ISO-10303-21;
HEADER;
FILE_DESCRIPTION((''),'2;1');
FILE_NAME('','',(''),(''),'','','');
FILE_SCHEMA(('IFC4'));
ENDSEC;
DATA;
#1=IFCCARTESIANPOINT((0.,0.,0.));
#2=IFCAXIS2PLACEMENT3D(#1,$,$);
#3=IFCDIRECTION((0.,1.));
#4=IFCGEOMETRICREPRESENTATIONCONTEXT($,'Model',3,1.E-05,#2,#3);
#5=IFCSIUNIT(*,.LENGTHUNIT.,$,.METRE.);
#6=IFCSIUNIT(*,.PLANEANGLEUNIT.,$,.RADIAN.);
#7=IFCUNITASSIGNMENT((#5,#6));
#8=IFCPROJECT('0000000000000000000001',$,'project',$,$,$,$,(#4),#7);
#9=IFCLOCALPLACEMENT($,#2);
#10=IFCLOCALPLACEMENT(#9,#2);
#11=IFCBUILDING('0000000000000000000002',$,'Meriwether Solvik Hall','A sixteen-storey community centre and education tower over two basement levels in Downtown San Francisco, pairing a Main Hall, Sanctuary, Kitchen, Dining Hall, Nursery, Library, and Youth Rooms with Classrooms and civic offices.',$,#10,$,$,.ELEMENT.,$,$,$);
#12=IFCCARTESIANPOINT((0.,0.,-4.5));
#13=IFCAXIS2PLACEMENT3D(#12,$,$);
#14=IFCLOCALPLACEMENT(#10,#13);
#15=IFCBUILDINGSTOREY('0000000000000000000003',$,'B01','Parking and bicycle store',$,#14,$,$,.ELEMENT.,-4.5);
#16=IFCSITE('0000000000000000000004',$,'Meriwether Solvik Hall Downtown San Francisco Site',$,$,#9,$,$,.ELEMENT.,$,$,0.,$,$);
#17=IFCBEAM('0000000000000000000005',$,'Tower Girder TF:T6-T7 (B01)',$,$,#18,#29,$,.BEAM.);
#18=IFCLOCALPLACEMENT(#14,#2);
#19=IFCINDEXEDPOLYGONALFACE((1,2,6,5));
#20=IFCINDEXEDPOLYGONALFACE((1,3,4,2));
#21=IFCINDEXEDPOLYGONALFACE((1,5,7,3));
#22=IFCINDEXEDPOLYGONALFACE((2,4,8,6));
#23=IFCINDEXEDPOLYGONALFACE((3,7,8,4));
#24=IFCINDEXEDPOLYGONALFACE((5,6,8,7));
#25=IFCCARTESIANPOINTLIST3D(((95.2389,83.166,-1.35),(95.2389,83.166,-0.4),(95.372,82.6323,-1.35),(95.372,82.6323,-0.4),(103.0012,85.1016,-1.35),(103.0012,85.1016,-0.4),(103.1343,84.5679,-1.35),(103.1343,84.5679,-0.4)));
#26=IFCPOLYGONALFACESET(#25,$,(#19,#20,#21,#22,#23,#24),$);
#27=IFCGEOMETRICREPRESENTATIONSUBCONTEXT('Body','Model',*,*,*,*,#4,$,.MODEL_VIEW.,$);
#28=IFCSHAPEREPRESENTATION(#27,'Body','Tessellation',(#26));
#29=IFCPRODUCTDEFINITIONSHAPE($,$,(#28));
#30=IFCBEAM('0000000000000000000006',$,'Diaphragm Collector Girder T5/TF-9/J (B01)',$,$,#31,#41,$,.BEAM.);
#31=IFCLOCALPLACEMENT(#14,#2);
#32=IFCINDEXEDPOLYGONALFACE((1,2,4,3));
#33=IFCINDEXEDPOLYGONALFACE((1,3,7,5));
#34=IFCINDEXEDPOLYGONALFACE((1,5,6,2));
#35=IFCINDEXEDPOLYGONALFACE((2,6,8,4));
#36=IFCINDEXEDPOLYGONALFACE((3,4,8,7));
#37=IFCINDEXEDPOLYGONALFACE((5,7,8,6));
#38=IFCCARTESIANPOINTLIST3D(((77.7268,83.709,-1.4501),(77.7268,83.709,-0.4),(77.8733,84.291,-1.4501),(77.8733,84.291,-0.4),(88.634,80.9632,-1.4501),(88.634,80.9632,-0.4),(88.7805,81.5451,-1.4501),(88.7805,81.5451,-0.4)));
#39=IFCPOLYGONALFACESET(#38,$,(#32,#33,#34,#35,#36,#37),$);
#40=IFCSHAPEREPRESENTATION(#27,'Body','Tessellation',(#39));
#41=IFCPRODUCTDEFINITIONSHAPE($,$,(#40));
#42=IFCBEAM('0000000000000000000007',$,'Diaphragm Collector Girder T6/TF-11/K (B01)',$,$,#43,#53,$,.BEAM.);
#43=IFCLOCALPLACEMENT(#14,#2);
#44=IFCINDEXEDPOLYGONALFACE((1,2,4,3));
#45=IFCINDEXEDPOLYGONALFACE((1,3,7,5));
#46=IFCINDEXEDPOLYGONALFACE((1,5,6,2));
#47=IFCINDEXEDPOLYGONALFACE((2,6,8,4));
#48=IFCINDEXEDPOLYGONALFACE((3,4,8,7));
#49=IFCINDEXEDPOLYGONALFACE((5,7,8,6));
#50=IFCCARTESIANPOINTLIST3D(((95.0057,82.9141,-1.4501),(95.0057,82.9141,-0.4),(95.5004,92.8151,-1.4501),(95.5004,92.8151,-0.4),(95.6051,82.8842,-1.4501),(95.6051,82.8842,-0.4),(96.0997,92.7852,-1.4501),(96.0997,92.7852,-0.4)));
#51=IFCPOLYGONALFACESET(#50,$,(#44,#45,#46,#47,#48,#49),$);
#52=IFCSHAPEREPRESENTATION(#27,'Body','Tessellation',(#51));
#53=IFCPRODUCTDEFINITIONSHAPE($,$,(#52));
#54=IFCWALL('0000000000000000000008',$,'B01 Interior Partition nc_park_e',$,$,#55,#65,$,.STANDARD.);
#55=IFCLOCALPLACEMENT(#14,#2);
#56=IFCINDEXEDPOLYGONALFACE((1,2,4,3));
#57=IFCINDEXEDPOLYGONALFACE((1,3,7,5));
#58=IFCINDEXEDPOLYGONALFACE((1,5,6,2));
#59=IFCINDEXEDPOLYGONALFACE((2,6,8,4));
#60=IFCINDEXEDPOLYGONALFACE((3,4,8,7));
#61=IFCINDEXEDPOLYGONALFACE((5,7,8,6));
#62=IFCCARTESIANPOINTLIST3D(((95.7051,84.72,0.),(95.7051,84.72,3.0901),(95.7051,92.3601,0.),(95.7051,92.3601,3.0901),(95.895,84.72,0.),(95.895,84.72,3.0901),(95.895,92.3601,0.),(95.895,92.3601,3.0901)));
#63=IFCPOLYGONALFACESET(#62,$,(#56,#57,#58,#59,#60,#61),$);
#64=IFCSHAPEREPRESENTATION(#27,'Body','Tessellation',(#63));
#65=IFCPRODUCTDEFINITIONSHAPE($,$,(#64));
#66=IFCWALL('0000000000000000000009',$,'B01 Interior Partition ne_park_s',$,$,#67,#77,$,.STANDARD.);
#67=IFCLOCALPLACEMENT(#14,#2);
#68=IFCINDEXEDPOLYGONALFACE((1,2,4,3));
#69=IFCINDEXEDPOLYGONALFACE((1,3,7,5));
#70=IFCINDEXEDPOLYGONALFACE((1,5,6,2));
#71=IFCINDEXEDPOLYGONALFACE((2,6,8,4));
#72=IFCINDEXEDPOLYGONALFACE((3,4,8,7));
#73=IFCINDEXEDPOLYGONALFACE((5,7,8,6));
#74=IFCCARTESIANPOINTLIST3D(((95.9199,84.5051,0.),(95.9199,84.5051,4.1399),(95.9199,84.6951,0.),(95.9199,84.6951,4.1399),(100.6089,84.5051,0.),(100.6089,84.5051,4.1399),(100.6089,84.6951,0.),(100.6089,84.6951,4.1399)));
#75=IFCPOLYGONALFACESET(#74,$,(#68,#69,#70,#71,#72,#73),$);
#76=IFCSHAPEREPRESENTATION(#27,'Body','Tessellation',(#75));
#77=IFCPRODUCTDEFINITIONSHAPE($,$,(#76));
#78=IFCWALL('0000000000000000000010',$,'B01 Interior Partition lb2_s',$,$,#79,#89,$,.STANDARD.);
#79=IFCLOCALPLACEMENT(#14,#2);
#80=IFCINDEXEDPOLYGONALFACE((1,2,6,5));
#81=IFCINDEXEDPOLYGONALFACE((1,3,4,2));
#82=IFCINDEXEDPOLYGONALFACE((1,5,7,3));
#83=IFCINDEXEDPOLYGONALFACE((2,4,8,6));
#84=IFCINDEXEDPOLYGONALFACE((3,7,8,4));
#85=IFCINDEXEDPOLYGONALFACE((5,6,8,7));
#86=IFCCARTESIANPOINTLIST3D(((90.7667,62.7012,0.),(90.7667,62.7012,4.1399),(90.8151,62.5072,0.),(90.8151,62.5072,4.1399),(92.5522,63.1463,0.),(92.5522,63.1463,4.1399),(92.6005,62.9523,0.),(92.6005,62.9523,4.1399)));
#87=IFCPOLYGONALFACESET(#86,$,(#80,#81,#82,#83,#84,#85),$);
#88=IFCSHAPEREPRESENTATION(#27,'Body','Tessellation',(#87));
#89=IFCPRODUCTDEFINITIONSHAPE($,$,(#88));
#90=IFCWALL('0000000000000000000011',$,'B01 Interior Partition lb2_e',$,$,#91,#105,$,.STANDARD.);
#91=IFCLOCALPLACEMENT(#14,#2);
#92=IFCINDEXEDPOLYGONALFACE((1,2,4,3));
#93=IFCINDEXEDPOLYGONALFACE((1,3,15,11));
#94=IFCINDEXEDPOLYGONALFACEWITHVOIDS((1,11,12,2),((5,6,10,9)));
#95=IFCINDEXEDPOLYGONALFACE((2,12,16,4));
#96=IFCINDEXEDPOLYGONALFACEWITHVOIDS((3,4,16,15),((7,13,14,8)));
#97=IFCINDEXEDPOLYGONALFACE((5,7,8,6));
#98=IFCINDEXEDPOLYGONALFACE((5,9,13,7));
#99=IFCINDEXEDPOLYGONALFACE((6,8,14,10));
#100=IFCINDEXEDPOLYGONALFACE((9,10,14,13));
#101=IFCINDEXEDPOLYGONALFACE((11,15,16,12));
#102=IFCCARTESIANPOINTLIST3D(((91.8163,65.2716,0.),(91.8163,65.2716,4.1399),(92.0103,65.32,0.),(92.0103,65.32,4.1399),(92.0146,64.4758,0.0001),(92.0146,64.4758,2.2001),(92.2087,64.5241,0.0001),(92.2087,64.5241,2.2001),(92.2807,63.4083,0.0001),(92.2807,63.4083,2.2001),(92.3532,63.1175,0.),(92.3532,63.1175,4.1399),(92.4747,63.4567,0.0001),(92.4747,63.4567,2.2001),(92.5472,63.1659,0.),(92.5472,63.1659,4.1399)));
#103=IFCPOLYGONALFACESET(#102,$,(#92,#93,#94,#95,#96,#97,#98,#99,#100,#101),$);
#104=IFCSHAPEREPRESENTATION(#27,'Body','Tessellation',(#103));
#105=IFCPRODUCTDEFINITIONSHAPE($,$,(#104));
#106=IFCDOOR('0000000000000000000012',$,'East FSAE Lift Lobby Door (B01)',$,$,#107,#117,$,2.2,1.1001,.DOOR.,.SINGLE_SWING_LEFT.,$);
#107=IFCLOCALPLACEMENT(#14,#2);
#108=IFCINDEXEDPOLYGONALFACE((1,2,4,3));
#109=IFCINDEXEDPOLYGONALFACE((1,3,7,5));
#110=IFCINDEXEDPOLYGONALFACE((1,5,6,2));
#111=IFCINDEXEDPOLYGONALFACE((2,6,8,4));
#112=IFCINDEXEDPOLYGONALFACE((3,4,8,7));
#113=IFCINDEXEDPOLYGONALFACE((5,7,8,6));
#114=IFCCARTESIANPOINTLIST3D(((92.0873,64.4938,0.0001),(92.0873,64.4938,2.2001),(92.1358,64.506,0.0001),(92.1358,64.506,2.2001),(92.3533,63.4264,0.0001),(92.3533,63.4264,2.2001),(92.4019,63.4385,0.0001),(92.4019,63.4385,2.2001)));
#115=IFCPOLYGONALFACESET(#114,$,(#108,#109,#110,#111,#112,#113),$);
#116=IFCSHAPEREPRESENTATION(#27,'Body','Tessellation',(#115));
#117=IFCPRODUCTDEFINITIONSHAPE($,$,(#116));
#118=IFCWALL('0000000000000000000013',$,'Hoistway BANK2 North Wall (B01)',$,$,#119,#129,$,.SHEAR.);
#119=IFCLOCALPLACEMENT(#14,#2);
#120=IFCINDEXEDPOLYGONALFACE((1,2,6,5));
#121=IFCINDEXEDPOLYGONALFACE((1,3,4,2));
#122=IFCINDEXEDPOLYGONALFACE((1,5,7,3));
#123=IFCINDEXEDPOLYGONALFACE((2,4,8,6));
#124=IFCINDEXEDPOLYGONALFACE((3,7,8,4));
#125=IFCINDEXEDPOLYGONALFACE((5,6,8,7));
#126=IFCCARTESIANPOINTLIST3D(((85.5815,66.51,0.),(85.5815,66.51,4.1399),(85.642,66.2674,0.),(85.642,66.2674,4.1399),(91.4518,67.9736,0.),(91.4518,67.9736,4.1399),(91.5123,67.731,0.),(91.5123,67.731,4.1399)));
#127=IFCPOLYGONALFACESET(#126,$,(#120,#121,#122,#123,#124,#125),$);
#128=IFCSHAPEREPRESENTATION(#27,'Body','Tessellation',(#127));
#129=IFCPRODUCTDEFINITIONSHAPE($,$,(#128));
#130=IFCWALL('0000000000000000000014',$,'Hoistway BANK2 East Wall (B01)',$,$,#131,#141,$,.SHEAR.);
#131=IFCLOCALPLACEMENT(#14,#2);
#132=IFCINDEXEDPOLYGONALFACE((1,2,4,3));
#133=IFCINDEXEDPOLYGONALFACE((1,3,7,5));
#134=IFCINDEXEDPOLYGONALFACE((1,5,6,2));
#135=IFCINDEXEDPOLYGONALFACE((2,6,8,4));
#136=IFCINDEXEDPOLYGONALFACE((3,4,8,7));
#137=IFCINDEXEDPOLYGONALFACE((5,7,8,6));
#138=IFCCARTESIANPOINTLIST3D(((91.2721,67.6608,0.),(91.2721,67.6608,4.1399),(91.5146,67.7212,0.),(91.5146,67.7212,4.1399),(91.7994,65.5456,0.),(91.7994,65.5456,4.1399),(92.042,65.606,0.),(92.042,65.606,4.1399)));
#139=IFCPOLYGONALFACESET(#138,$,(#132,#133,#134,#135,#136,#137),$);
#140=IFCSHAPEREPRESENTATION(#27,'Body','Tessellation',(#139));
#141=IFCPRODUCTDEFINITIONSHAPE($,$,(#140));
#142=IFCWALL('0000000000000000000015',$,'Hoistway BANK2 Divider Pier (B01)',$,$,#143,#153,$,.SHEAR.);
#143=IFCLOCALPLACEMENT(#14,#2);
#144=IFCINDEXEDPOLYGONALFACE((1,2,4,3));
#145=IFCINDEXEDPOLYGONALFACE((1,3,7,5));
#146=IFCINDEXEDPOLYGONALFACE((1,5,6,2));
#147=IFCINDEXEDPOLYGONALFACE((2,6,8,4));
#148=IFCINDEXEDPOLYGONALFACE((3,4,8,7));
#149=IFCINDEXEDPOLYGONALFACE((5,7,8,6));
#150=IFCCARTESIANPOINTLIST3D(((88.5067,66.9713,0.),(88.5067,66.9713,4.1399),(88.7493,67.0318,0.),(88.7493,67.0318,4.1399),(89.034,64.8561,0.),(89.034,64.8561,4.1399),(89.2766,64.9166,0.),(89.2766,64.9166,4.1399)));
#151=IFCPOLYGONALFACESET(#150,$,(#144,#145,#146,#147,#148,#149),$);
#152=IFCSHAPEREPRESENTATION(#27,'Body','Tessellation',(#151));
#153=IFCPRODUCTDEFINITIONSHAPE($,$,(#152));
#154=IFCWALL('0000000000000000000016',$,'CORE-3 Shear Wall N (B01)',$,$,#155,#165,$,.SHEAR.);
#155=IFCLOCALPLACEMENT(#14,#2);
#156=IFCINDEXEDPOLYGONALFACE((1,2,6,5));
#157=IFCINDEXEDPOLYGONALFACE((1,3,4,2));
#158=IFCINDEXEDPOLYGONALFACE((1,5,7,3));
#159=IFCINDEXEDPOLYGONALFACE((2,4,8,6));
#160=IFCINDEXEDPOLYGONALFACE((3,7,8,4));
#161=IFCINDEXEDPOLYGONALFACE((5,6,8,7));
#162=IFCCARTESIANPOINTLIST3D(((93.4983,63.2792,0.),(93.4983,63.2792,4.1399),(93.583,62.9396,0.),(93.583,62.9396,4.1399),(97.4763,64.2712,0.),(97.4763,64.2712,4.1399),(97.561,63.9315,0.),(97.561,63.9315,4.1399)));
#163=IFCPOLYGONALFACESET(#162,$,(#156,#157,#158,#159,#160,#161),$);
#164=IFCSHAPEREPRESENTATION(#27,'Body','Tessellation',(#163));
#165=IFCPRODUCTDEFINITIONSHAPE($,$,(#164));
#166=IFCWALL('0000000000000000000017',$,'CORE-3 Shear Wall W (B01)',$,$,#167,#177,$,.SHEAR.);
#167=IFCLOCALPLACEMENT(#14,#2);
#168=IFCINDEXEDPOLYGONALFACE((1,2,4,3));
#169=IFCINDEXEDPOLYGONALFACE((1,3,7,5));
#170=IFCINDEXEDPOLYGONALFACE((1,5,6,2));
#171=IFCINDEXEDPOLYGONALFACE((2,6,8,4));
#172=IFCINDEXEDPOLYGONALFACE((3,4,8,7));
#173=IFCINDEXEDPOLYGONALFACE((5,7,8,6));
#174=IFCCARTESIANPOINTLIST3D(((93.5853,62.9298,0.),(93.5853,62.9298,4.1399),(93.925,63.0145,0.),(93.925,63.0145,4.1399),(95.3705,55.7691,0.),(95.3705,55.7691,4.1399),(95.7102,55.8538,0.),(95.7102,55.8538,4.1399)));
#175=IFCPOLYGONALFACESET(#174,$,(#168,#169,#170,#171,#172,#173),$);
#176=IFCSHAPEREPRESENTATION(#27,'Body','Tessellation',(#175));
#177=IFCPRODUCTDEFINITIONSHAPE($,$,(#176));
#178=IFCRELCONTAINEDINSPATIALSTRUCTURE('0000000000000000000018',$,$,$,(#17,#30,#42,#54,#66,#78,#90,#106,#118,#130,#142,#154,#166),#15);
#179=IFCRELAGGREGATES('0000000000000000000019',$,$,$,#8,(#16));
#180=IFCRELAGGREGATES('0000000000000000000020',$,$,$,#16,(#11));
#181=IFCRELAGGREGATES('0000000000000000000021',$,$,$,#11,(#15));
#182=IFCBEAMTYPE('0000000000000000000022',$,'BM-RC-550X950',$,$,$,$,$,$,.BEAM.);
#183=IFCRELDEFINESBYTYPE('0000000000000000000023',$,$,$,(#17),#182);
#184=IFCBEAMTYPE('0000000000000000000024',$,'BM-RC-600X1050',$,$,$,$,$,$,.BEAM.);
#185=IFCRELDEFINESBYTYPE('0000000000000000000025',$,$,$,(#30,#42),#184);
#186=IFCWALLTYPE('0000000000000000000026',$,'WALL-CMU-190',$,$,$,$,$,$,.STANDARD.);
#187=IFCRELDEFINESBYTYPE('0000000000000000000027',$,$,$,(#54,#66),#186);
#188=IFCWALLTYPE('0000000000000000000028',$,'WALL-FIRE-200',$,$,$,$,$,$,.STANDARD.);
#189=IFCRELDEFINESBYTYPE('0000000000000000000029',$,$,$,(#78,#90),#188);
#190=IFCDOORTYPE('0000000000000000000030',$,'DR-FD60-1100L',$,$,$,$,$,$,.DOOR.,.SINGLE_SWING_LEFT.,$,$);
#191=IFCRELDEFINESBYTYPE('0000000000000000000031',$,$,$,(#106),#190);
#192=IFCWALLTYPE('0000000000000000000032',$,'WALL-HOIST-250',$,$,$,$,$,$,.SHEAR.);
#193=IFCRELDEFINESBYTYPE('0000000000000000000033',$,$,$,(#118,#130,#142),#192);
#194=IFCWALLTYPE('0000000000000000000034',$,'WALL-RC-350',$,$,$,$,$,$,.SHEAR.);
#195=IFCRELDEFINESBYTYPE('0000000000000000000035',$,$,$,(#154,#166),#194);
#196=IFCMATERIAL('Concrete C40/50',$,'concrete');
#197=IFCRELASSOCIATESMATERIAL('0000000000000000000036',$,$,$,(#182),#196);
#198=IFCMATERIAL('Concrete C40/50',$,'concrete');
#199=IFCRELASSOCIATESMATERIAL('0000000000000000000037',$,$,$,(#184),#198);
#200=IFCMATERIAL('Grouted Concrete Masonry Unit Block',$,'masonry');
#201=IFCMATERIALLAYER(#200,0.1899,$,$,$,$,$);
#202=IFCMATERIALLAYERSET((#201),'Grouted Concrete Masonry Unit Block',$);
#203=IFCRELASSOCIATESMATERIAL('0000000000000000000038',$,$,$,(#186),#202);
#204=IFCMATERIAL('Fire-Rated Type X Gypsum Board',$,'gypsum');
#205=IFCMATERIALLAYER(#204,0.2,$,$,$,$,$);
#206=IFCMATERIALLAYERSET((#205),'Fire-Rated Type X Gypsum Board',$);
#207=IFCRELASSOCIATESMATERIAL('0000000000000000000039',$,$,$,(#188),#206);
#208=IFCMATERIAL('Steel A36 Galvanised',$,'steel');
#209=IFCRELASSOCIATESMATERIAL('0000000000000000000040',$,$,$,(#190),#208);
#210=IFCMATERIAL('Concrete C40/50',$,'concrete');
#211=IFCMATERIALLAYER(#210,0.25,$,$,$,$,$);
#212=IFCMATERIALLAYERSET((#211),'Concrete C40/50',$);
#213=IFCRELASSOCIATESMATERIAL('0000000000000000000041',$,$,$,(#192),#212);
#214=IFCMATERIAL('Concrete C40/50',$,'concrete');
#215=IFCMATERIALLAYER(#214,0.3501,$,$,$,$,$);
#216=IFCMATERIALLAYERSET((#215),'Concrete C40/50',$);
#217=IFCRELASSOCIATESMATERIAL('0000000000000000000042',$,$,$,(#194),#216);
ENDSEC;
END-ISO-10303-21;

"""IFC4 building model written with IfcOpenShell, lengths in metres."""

from ifc_helpers import new_model, si_unit, direction, frame, frame_2d, origin, origin_2d, place, context, subcontext, project, spatial, rectangle, extrude, material, layer, layer_set, material_profile, profile_set, type_object, element, fill, save


model = new_model("IFC4")

# Units and contexts
model_context = context("Model", 3, precision=1e-05, world=origin(), true_north=direction((0.0, 1.0)))
body_context = subcontext(model_context, "Body", "Model", "MODEL_VIEW")
ifc_project = project(units=[si_unit("LENGTHUNIT", "METRE"), si_unit("PLANEANGLEUNIT", "RADIAN")], contexts=[model_context])

# Site, building, storey
site_placement = place(None, origin())
site = spatial("IfcSite", under=ifc_project, at=site_placement, Name="Meriwether Solvik Hall Downtown San Francisco Site", CompositionType="ELEMENT", RefElevation=0.0)
building_placement = place(site_placement, origin())
building = spatial("IfcBuilding", under=site, at=building_placement, Name="Meriwether Solvik Hall", Description="A sixteen-storey community centre and education tower over two basement levels in Downtown San Francisco, pairing a Main Hall, Sanctuary, Kitchen, Dining Hall, Nursery, Library, and Youth Rooms with Classrooms and civic offices.", CompositionType="ELEMENT")
storey_placement = place(building_placement, frame((0.0, 0.0, -4.5)))
storey = spatial("IfcBuildingStorey", under=building, at=storey_placement, Name="B01", Description="Parking and bicycle store", CompositionType="ELEMENT", Elevation=-4.5)

# Beams
ifc_material_1 = material(Name="Concrete C40/50", Category="concrete")
ifc_material_profile_1 = material_profile(ifc_material_1, rectangle(XDim=0.55, YDim=0.95, at=origin_2d()), Name="RCB-550X950")
ifc_profile_set_1 = profile_set([ifc_material_profile_1], Name="Concrete C40/50")
beam_type_1 = type_object("IfcBeamType", Name="BM-RC-550X950", PredefinedType="BEAM", material=ifc_profile_set_1)
beam_1_placement = place(storey_placement, frame((95.3054, 82.8992, -0.875), z_axis=(0.97029, 0.241947, 0.0), x_axis=(-0.241947, 0.97029, 0.0)))
element("IfcBeam", 1, at=beam_1_placement, inside=storey, type_object=beam_type_1, Name="Tower Girder TF:T6-T7 (B01)", PredefinedType="BEAM", context=body_context, shape_type="SweptSolid", body=[
    extrude(rectangle(XDim=0.55, YDim=0.95, at=origin_2d()), origin(), (0.0, 0.0, 1.0), 8.0),
])
ifc_material_2 = material(Name="Concrete C40/50", Category="concrete")
ifc_material_profile_2 = material_profile(ifc_material_2, rectangle(XDim=0.6001, YDim=1.05, at=origin_2d()), Name="RCB-600X1050")
ifc_profile_set_2 = profile_set([ifc_material_profile_2], Name="Concrete C40/50")
beam_type_2 = type_object("IfcBeamType", Name="BM-RC-600X1050", PredefinedType="BEAM", material=ifc_profile_set_2)
beam_2_placement = place(storey_placement, frame((88.7073, 81.2542, -0.925), z_axis=(-0.969743, 0.244129, 0.0), x_axis=(-0.244129, -0.969743, 0.0)))
element("IfcBeam", 2, at=beam_2_placement, inside=storey, type_object=beam_type_2, Name="Diaphragm Collector Girder T5/TF-9/J (B01)", PredefinedType="BEAM", context=body_context, shape_type="SweptSolid", body=[
    extrude(rectangle(XDim=0.6001, YDim=1.05, at=origin_2d()), origin(), (0.0, 0.0, 1.0), 11.2476),
])
beam_3_placement = place(storey_placement, frame((95.3054, 82.8992, -0.925), z_axis=(0.049896, 0.998754, 0.0), x_axis=(-0.998754, 0.049896, 0.0)))
element("IfcBeam", 3, at=beam_3_placement, inside=storey, type_object=beam_type_2, Name="Diaphragm Collector Girder T6/TF-11/K (B01)", PredefinedType="BEAM", context=body_context, shape_type="SweptSolid", body=[
    extrude(rectangle(XDim=0.6001, YDim=1.05, at=origin_2d()), origin(), (0.0, 0.0, 1.0), 9.9133),
])

# Walls
ifc_material_3 = material(Name="Grouted Concrete Masonry Unit Block", Category="masonry")
ifc_layer_1 = layer(ifc_material_3, 0.1899)
ifc_layer_set_1 = layer_set([ifc_layer_1], Name="Grouted Concrete Masonry Unit Block")
wall_type_1 = type_object("IfcWallType", Name="WALL-CMU-190", PredefinedType="STANDARD", material=ifc_layer_set_1)
wall_1_placement = place(storey_placement, frame((95.8, 84.72, 0.0), z_axis=(0.0, 0.0, 1.0), x_axis=(0.0, 1.0, 0.0)))
element("IfcWall", 4, at=wall_1_placement, inside=storey, type_object=wall_type_1, Name="B01 Interior Partition nc_park_e", PredefinedType="STANDARD", context=body_context, shape_type="SweptSolid", body=[
    extrude(rectangle(XDim=7.6401, YDim=0.1899, at=frame_2d((3.8201, 0.0))), origin(), (0.0, 0.0, 1.0), 3.0901),
])
wall_2_placement = place(storey_placement, frame((95.9199, 84.6001, 0.0), z_axis=(0.0, 0.0, 1.0), x_axis=(1.0, 0.0, 0.0)))
element("IfcWall", 5, at=wall_2_placement, inside=storey, type_object=wall_type_1, Name="B01 Interior Partition ne_park_s", PredefinedType="STANDARD", context=body_context, shape_type="SweptSolid", body=[
    extrude(rectangle(XDim=4.689, YDim=0.1899, at=frame_2d((2.3445, 0.0))), origin(), (0.0, 0.0, 1.0), 4.1399),
])
ifc_material_4 = material(Name="Fire-Rated Type X Gypsum Board", Category="gypsum")
ifc_layer_2 = layer(ifc_material_4, 0.2)
ifc_layer_set_2 = layer_set([ifc_layer_2], Name="Fire-Rated Type X Gypsum Board")
wall_type_2 = type_object("IfcWallType", Name="WALL-FIRE-200", PredefinedType="STANDARD", material=ifc_layer_set_2)
wall_3_placement = place(storey_placement, frame((90.791, 62.6042, 0.0), z_axis=(0.0, 0.0, 1.0), x_axis=(0.970306, 0.24188, 0.0)))
element("IfcWall", 6, at=wall_3_placement, inside=storey, type_object=wall_type_2, Name="B01 Interior Partition lb2_s", PredefinedType="STANDARD", context=body_context, shape_type="SweptSolid", body=[
    extrude(rectangle(XDim=1.8401, YDim=0.2, at=frame_2d((0.9199, 0.0))), origin(), (0.0, 0.0, 1.0), 4.1399),
])

# Wall, opening, door
wall_4_placement = place(storey_placement, frame((91.9133, 65.2957, 0.0), z_axis=(0.0, 0.0, 1.0), x_axis=(0.241837, -0.970317, 0.0)))
wall_4 = element("IfcWall", 7, at=wall_4_placement, inside=storey, type_object=wall_type_2, Name="B01 Interior Partition lb2_e", PredefinedType="STANDARD", context=body_context, shape_type="SweptSolid", body=[
    extrude(rectangle(XDim=2.22, YDim=0.2, at=frame_2d((1.1099, 0.0))), origin(), (0.0, 0.0, 1.0), 4.1399),
])
opening_1_placement = place(wall_4_placement, frame((0.8201, 0.0, 0.0)))
opening_1 = element("IfcOpeningElement", 8, at=opening_1_placement, cuts=wall_4, PredefinedType="OPENING", context=body_context, shape_type="SweptSolid", body=[
    extrude(rectangle(XDim=1.1001, YDim=2.2, at=frame_2d((0.55, 1.1001))), frame((0.0, 0.1118, 0.0), z_axis=(0.0, -1.0, 0.0), x_axis=(1.0, 0.0, 0.0)), (0.0, 0.0, 1.0), 0.2239),
])
ifc_material_5 = material(Name="Steel A36 Galvanised", Category="steel")
door_type_1 = type_object("IfcDoorType", Name="DR-FD60-1100L", OperationType="SINGLE_SWING_LEFT", PredefinedType="DOOR", material=ifc_material_5)
door_1_placement = place(opening_1_placement, origin())
door_1 = element("IfcDoor", 9, at=door_1_placement, inside=storey, type_object=door_type_1, Name="East FSAE Lift Lobby Door (B01)", OperationType="SINGLE_SWING_LEFT", OverallHeight=2.2, OverallWidth=1.1001, PredefinedType="DOOR", context=body_context, shape_type="SweptSolid", body=[
    extrude(rectangle(XDim=1.1001, YDim=2.2, at=frame_2d((0.55, 1.1001))), frame((0.0, 0.0249, 0.0), z_axis=(0.0, -1.0, 0.0), x_axis=(1.0, 0.0, 0.0)), (0.0, 0.0, 1.0), 0.05),
])
fill(opening_1, door_1)

# Walls
ifc_material_6 = material(Name="Concrete C40/50", Category="concrete")
ifc_layer_3 = layer(ifc_material_6, 0.25)
ifc_layer_set_3 = layer_set([ifc_layer_3], Name="Concrete C40/50")
wall_type_3 = type_object("IfcWallType", Name="WALL-HOIST-250", PredefinedType="SHEAR", material=ifc_layer_set_3)
wall_5_placement = place(storey_placement, frame((91.4819, 67.8523, 0.0), z_axis=(0.0, 0.0, 1.0), x_axis=(-0.970297, -0.241918, 0.0)))
element("IfcWall", 10, at=wall_5_placement, inside=storey, type_object=wall_type_3, Name="Hoistway BANK2 North Wall (B01)", PredefinedType="SHEAR", context=body_context, shape_type="SweptSolid", body=[
    extrude(rectangle(XDim=6.05, YDim=0.25, at=frame_2d((3.0249, 0.0))), origin(), (0.0, 0.0, 1.0), 4.1399),
])
for number, where, z_axis, x_axis, name in (
    (11, (91.9207, 65.5759, 0.0), (0.0, 0.0, 1.0), (-0.241903, 0.9703, 0.0), "Hoistway BANK2 East Wall (B01)"),
    (12, (89.1553, 64.8865, 0.0), (0.0, 0.0, 1.0), (-0.241903, 0.9703, 0.0), "Hoistway BANK2 Divider Pier (B01)"),
):
    element("IfcWall", number, at=place(storey_placement, frame(where, z_axis=z_axis, x_axis=x_axis)), inside=storey, type_object=wall_type_3, Name=name, PredefinedType="SHEAR", context=body_context, shape_type="SweptSolid", body=[
        extrude(rectangle(XDim=2.1799, YDim=0.25, at=frame_2d((1.0898, 0.0))), origin(), (0.0, 0.0, 1.0), 4.1399),
    ])

# Walls
ifc_material_7 = material(Name="Concrete C40/50", Category="concrete")
ifc_layer_4 = layer(ifc_material_7, 0.3501)
ifc_layer_set_4 = layer_set([ifc_layer_4], Name="Concrete C40/50")
wall_type_4 = type_object("IfcWallType", Name="WALL-RC-350", PredefinedType="SHEAR", material=ifc_layer_set_4)
wall_6_placement = place(storey_placement, frame((97.5186, 64.1013, 0.0), z_axis=(0.0, 0.0, 1.0), x_axis=(-0.970289, -0.241947, 0.0)))
element("IfcWall", 13, at=wall_6_placement, inside=storey, type_object=wall_type_4, Name="CORE-3 Shear Wall N (B01)", PredefinedType="SHEAR", context=body_context, shape_type="SweptSolid", body=[
    extrude(rectangle(XDim=4.0999, YDim=0.3501, at=frame_2d((2.0498, 0.0))), origin(), (0.0, 0.0, 1.0), 4.1399),
])
wall_7_placement = place(storey_placement, frame((93.7551, 62.9722, 0.0), z_axis=(0.0, 0.0, 1.0), x_axis=(0.241897, -0.970302, 0.0)))
element("IfcWall", 14, at=wall_7_placement, inside=storey, type_object=wall_type_4, Name="CORE-3 Shear Wall W (B01)", PredefinedType="SHEAR", context=body_context, shape_type="SweptSolid", body=[
    extrude(rectangle(XDim=7.3799, YDim=0.3501, at=frame_2d((3.6899, 0.0))), origin(), (0.0, 0.0, 1.0), 4.1399),
])

save(model, "model.ifc")
